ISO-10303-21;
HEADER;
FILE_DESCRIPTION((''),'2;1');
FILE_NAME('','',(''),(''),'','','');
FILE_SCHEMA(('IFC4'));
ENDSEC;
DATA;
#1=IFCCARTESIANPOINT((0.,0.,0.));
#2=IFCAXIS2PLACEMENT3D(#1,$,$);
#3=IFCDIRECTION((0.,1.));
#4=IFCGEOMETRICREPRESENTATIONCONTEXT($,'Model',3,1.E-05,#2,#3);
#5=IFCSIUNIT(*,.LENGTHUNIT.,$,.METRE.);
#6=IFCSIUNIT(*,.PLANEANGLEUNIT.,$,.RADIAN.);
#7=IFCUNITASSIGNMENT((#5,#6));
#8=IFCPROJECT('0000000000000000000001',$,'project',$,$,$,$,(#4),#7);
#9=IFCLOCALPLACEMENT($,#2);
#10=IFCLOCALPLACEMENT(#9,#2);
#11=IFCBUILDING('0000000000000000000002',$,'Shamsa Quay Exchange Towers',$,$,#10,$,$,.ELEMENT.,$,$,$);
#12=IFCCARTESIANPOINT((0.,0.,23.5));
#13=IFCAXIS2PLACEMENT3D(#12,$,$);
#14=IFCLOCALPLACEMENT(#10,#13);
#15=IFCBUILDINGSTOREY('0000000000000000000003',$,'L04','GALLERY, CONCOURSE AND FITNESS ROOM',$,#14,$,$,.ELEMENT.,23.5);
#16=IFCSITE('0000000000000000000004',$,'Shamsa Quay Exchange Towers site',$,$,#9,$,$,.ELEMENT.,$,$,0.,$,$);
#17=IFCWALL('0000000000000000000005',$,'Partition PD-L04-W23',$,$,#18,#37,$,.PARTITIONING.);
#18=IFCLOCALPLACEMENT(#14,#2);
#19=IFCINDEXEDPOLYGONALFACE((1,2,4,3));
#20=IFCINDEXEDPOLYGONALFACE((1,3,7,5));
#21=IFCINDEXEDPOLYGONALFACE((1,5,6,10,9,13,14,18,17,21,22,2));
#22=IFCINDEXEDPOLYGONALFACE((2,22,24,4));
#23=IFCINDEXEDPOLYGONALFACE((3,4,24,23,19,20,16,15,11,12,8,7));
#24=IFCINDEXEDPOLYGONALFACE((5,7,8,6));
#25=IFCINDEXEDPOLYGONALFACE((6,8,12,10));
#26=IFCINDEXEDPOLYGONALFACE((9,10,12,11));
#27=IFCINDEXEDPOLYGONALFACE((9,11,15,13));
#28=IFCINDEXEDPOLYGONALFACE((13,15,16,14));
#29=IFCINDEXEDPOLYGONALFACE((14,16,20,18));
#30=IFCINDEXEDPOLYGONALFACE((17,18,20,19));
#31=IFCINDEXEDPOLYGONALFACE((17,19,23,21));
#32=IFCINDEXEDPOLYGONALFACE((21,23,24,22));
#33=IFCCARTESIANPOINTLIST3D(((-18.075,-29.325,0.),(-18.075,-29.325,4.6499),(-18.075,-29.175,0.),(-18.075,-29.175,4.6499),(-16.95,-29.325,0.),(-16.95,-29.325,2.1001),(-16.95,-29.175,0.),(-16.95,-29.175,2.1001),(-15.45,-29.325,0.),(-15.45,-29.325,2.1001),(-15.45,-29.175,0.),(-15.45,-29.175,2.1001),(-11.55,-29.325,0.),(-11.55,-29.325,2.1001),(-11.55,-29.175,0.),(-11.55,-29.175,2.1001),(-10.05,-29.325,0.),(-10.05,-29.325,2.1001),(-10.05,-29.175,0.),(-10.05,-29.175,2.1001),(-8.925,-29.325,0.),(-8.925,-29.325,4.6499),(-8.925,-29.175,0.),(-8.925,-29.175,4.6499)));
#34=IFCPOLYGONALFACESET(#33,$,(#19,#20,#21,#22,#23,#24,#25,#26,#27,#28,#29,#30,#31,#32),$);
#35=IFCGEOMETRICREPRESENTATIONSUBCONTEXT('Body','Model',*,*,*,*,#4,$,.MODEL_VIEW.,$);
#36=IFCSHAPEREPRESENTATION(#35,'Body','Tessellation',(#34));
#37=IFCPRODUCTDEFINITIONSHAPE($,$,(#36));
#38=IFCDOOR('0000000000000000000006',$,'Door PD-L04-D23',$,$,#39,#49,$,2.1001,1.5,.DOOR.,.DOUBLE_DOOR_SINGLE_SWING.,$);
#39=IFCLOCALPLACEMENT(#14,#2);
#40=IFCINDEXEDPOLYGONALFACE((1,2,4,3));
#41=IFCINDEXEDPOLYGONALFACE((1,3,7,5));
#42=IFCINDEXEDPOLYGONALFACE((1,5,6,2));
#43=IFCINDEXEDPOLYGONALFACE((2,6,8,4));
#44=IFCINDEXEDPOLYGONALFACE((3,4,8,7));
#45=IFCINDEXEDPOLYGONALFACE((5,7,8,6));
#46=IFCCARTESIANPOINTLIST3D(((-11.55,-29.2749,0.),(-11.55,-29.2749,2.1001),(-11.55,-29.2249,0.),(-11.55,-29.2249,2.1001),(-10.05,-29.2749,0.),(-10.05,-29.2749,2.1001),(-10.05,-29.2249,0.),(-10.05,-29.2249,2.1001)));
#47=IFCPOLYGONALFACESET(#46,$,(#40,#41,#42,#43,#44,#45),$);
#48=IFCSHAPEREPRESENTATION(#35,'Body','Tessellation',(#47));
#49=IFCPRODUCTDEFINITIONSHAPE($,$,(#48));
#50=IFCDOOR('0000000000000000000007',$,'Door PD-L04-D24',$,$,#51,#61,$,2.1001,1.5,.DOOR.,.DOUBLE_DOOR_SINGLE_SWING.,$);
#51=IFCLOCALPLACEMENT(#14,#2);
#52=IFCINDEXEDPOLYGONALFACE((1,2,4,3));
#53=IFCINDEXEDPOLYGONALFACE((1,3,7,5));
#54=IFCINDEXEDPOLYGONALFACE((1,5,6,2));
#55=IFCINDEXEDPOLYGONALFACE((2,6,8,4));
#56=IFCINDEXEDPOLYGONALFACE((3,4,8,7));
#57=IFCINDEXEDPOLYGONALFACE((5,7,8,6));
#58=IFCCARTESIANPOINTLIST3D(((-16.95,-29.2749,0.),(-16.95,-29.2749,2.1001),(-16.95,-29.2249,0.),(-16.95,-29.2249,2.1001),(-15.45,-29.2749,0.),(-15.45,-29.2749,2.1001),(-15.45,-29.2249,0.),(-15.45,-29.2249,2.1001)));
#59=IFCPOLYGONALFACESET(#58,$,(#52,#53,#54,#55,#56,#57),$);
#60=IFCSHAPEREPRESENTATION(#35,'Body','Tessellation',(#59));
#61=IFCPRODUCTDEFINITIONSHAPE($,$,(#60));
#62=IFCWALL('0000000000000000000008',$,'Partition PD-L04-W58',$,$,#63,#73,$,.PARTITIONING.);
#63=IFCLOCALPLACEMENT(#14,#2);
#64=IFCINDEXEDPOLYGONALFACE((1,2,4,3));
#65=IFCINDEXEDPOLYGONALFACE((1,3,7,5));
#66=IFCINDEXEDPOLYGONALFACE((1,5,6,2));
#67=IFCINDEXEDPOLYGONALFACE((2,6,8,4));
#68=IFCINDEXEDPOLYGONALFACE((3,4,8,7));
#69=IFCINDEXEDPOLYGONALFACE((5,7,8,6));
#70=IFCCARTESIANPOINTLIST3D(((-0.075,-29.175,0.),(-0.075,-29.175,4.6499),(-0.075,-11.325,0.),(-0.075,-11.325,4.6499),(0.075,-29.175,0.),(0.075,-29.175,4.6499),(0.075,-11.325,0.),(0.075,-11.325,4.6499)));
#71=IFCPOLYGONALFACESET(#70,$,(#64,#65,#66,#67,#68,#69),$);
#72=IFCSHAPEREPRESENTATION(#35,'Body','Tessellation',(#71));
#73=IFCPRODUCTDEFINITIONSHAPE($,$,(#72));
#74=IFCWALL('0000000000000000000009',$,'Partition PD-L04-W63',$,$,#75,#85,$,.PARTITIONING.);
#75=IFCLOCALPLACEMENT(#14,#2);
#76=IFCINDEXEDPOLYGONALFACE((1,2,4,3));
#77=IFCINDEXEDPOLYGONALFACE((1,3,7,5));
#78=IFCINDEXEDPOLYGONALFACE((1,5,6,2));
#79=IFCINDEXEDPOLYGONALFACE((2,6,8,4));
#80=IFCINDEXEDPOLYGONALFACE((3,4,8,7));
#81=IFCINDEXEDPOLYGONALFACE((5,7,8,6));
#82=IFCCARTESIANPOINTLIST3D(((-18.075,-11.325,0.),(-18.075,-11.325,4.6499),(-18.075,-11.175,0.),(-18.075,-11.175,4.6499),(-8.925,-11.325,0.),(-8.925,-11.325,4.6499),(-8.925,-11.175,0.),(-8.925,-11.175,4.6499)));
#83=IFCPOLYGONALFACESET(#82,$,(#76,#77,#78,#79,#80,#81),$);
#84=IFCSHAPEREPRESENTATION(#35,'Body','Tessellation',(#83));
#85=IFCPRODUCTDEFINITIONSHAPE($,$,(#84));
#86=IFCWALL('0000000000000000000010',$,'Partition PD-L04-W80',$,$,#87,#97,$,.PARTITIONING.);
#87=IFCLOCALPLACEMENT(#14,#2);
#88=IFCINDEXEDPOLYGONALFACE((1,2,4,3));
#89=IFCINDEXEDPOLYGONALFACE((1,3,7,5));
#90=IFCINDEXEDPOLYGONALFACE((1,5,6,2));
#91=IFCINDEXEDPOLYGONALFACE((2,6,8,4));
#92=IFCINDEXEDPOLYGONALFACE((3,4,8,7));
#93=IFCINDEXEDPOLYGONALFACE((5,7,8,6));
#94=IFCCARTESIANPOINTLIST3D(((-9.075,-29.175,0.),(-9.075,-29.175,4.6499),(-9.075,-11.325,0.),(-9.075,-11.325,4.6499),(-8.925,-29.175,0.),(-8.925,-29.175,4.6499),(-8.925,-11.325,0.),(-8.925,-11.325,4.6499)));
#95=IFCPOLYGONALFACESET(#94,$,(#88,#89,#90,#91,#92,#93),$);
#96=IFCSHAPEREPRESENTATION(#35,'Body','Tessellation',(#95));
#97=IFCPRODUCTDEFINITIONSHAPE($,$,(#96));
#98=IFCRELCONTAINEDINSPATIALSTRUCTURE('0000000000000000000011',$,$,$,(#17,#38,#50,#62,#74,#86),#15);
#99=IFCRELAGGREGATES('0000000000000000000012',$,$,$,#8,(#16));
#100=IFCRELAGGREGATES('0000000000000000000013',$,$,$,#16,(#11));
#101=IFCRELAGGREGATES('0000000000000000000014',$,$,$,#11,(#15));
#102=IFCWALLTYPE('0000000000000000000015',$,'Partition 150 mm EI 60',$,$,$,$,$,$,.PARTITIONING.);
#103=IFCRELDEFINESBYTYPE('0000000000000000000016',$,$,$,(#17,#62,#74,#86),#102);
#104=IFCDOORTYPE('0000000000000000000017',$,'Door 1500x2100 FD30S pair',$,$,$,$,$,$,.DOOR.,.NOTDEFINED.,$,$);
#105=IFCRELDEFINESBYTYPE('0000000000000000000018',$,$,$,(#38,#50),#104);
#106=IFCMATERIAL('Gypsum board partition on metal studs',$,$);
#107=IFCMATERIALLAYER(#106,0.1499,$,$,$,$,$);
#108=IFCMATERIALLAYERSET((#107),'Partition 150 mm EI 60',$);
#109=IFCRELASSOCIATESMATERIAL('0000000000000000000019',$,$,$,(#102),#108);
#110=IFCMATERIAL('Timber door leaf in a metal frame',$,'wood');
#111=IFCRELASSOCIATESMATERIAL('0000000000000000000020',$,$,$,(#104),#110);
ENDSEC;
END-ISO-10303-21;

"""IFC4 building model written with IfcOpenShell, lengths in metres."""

from ifc_helpers import new_model, si_unit, direction, frame, frame_2d, origin, place, context, subcontext, project, spatial, rectangle, extrude, material, layer, layer_set, type_object, element, fill, save


model = new_model("IFC4")

# Units and contexts
model_context = context("Model", 3, precision=1e-05, world=origin(), true_north=direction((0.0, 1.0)))
body_context = subcontext(model_context, "Body", "Model", "MODEL_VIEW")
ifc_project = project(units=[si_unit("LENGTHUNIT", "METRE"), si_unit("PLANEANGLEUNIT", "RADIAN")], contexts=[model_context])

# Site, building, storey
site_placement = place(None, origin())
site = spatial("IfcSite", under=ifc_project, at=site_placement, Name="Shamsa Quay Exchange Towers site", CompositionType="ELEMENT", RefElevation=0.0)
building_placement = place(site_placement, origin())
building = spatial("IfcBuilding", under=site, at=building_placement, Name="Shamsa Quay Exchange Towers", CompositionType="ELEMENT")
storey_placement = place(building_placement, frame((0.0, 0.0, 23.5)))
storey = spatial("IfcBuildingStorey", under=building, at=storey_placement, Name="L04", Description="GALLERY, CONCOURSE AND FITNESS ROOM", CompositionType="ELEMENT", Elevation=23.5)

# Wall, openings, doors
ifc_material_1 = material(Name="Gypsum board partition on metal studs")
ifc_layer_1 = layer(ifc_material_1, 0.1499)
ifc_layer_set_1 = layer_set([ifc_layer_1], Name="Partition 150 mm EI 60")
wall_type = type_object("IfcWallType", Name="Partition 150 mm EI 60", PredefinedType="PARTITIONING", material=ifc_layer_set_1)
wall_1_placement = place(storey_placement, frame((-8.925, -29.25, 0.0), z_axis=(0.0, 0.0, 1.0), x_axis=(-1.0, 0.0, 0.0)))
wall_1 = element("IfcWall", 1, at=wall_1_placement, inside=storey, type_object=wall_type, Name="Partition PD-L04-W23", PredefinedType="PARTITIONING", context=body_context, shape_type="SweptSolid", body=[
    extrude(rectangle(XDim=9.1499, YDim=0.1499, at=frame_2d((4.575, 0.0))), origin(), (0.0, 0.0, 1.0), 4.6499),
])
opening_1_placement = place(wall_1_placement, frame((1.125, 0.0, 0.0)))
opening_1 = element("IfcOpeningElement", 2, at=opening_1_placement, cuts=wall_1, PredefinedType="OPENING", context=body_context, shape_type="SweptSolid", body=[
    extrude(rectangle(XDim=1.5, YDim=2.1001, at=frame_2d((0.75, 1.05))), frame((0.0, 0.085, 0.0), z_axis=(0.0, -1.0, 0.0), x_axis=(1.0, 0.0, 0.0)), (0.0, 0.0, 1.0), 0.1699),
])
opening_2_placement = place(wall_1_placement, frame((6.5249, 0.0, 0.0)))
opening_2 = element("IfcOpeningElement", 3, at=opening_2_placement, cuts=wall_1, PredefinedType="OPENING", context=body_context, shape_type="SweptSolid", body=[
    extrude(rectangle(XDim=1.5, YDim=2.1001, at=frame_2d((0.75, 1.05))), frame((0.0, 0.085, 0.0), z_axis=(0.0, -1.0, 0.0), x_axis=(1.0, 0.0, 0.0)), (0.0, 0.0, 1.0), 0.1699),
])
ifc_material_2 = material(Name="Timber door leaf in a metal frame", Category="wood")
door_type = type_object("IfcDoorType", Name="Door 1500x2100 FD30S pair", OperationType="NOTDEFINED", PredefinedType="DOOR", material=ifc_material_2)
door_1_placement = place(opening_1_placement, origin())
door_1 = element("IfcDoor", 4, at=door_1_placement, inside=storey, type_object=door_type, Name="Door PD-L04-D23", OperationType="DOUBLE_DOOR_SINGLE_SWING", OverallHeight=2.1001, OverallWidth=1.5, PredefinedType="DOOR", context=body_context, shape_type="SweptSolid", body=[
    extrude(rectangle(XDim=1.5, YDim=2.1001, at=frame_2d((0.75, 1.05))), frame((0.0, 0.0249, 0.0), z_axis=(0.0, -1.0, 0.0), x_axis=(1.0, 0.0, 0.0)), (0.0, 0.0, 1.0), 0.05),
])
fill(opening_1, door_1)
door_2_placement = place(opening_2_placement, origin())
door_2 = element("IfcDoor", 5, at=door_2_placement, inside=storey, type_object=door_type, Name="Door PD-L04-D24", OperationType="DOUBLE_DOOR_SINGLE_SWING", OverallHeight=2.1001, OverallWidth=1.5, PredefinedType="DOOR", context=body_context, shape_type="SweptSolid", body=[
    extrude(rectangle(XDim=1.5, YDim=2.1001, at=frame_2d((0.75, 1.05))), frame((0.0, 0.0249, 0.0), z_axis=(0.0, -1.0, 0.0), x_axis=(1.0, 0.0, 0.0)), (0.0, 0.0, 1.0), 0.05),
])
fill(opening_2, door_2)

# Walls
wall_2_placement = place(storey_placement, frame((0.0, -11.325, 0.0), z_axis=(0.0, 0.0, 1.0), x_axis=(0.0, -1.0, 0.0)))
element("IfcWall", 6, at=wall_2_placement, inside=storey, type_object=wall_type, Name="Partition PD-L04-W58", PredefinedType="PARTITIONING", context=body_context, shape_type="SweptSolid", body=[
    extrude(rectangle(XDim=17.8501, YDim=0.1499, at=frame_2d((8.925, 0.0))), origin(), (0.0, 0.0, 1.0), 4.6499),
])
wall_3_placement = place(storey_placement, frame((-8.925, -11.25, 0.0), z_axis=(0.0, 0.0, 1.0), x_axis=(-1.0, 0.0, 0.0)))
element("IfcWall", 7, at=wall_3_placement, inside=storey, type_object=wall_type, Name="Partition PD-L04-W63", PredefinedType="PARTITIONING", context=body_context, shape_type="SweptSolid", body=[
    extrude(rectangle(XDim=9.1499, YDim=0.1499, at=frame_2d((4.575, 0.0))), origin(), (0.0, 0.0, 1.0), 4.6499),
])
wall_4_placement = place(storey_placement, frame((-9.0, -29.175, 0.0), z_axis=(0.0, 0.0, 1.0), x_axis=(0.0, 1.0, 0.0)))
element("IfcWall", 8, at=wall_4_placement, inside=storey, type_object=wall_type, Name="Partition PD-L04-W80", PredefinedType="PARTITIONING", context=body_context, shape_type="SweptSolid", body=[
    extrude(rectangle(XDim=17.8501, YDim=0.1499, at=frame_2d((8.925, 0.0))), origin(), (0.0, 0.0, 1.0), 4.6499),
])

save(model, "model.ifc")
